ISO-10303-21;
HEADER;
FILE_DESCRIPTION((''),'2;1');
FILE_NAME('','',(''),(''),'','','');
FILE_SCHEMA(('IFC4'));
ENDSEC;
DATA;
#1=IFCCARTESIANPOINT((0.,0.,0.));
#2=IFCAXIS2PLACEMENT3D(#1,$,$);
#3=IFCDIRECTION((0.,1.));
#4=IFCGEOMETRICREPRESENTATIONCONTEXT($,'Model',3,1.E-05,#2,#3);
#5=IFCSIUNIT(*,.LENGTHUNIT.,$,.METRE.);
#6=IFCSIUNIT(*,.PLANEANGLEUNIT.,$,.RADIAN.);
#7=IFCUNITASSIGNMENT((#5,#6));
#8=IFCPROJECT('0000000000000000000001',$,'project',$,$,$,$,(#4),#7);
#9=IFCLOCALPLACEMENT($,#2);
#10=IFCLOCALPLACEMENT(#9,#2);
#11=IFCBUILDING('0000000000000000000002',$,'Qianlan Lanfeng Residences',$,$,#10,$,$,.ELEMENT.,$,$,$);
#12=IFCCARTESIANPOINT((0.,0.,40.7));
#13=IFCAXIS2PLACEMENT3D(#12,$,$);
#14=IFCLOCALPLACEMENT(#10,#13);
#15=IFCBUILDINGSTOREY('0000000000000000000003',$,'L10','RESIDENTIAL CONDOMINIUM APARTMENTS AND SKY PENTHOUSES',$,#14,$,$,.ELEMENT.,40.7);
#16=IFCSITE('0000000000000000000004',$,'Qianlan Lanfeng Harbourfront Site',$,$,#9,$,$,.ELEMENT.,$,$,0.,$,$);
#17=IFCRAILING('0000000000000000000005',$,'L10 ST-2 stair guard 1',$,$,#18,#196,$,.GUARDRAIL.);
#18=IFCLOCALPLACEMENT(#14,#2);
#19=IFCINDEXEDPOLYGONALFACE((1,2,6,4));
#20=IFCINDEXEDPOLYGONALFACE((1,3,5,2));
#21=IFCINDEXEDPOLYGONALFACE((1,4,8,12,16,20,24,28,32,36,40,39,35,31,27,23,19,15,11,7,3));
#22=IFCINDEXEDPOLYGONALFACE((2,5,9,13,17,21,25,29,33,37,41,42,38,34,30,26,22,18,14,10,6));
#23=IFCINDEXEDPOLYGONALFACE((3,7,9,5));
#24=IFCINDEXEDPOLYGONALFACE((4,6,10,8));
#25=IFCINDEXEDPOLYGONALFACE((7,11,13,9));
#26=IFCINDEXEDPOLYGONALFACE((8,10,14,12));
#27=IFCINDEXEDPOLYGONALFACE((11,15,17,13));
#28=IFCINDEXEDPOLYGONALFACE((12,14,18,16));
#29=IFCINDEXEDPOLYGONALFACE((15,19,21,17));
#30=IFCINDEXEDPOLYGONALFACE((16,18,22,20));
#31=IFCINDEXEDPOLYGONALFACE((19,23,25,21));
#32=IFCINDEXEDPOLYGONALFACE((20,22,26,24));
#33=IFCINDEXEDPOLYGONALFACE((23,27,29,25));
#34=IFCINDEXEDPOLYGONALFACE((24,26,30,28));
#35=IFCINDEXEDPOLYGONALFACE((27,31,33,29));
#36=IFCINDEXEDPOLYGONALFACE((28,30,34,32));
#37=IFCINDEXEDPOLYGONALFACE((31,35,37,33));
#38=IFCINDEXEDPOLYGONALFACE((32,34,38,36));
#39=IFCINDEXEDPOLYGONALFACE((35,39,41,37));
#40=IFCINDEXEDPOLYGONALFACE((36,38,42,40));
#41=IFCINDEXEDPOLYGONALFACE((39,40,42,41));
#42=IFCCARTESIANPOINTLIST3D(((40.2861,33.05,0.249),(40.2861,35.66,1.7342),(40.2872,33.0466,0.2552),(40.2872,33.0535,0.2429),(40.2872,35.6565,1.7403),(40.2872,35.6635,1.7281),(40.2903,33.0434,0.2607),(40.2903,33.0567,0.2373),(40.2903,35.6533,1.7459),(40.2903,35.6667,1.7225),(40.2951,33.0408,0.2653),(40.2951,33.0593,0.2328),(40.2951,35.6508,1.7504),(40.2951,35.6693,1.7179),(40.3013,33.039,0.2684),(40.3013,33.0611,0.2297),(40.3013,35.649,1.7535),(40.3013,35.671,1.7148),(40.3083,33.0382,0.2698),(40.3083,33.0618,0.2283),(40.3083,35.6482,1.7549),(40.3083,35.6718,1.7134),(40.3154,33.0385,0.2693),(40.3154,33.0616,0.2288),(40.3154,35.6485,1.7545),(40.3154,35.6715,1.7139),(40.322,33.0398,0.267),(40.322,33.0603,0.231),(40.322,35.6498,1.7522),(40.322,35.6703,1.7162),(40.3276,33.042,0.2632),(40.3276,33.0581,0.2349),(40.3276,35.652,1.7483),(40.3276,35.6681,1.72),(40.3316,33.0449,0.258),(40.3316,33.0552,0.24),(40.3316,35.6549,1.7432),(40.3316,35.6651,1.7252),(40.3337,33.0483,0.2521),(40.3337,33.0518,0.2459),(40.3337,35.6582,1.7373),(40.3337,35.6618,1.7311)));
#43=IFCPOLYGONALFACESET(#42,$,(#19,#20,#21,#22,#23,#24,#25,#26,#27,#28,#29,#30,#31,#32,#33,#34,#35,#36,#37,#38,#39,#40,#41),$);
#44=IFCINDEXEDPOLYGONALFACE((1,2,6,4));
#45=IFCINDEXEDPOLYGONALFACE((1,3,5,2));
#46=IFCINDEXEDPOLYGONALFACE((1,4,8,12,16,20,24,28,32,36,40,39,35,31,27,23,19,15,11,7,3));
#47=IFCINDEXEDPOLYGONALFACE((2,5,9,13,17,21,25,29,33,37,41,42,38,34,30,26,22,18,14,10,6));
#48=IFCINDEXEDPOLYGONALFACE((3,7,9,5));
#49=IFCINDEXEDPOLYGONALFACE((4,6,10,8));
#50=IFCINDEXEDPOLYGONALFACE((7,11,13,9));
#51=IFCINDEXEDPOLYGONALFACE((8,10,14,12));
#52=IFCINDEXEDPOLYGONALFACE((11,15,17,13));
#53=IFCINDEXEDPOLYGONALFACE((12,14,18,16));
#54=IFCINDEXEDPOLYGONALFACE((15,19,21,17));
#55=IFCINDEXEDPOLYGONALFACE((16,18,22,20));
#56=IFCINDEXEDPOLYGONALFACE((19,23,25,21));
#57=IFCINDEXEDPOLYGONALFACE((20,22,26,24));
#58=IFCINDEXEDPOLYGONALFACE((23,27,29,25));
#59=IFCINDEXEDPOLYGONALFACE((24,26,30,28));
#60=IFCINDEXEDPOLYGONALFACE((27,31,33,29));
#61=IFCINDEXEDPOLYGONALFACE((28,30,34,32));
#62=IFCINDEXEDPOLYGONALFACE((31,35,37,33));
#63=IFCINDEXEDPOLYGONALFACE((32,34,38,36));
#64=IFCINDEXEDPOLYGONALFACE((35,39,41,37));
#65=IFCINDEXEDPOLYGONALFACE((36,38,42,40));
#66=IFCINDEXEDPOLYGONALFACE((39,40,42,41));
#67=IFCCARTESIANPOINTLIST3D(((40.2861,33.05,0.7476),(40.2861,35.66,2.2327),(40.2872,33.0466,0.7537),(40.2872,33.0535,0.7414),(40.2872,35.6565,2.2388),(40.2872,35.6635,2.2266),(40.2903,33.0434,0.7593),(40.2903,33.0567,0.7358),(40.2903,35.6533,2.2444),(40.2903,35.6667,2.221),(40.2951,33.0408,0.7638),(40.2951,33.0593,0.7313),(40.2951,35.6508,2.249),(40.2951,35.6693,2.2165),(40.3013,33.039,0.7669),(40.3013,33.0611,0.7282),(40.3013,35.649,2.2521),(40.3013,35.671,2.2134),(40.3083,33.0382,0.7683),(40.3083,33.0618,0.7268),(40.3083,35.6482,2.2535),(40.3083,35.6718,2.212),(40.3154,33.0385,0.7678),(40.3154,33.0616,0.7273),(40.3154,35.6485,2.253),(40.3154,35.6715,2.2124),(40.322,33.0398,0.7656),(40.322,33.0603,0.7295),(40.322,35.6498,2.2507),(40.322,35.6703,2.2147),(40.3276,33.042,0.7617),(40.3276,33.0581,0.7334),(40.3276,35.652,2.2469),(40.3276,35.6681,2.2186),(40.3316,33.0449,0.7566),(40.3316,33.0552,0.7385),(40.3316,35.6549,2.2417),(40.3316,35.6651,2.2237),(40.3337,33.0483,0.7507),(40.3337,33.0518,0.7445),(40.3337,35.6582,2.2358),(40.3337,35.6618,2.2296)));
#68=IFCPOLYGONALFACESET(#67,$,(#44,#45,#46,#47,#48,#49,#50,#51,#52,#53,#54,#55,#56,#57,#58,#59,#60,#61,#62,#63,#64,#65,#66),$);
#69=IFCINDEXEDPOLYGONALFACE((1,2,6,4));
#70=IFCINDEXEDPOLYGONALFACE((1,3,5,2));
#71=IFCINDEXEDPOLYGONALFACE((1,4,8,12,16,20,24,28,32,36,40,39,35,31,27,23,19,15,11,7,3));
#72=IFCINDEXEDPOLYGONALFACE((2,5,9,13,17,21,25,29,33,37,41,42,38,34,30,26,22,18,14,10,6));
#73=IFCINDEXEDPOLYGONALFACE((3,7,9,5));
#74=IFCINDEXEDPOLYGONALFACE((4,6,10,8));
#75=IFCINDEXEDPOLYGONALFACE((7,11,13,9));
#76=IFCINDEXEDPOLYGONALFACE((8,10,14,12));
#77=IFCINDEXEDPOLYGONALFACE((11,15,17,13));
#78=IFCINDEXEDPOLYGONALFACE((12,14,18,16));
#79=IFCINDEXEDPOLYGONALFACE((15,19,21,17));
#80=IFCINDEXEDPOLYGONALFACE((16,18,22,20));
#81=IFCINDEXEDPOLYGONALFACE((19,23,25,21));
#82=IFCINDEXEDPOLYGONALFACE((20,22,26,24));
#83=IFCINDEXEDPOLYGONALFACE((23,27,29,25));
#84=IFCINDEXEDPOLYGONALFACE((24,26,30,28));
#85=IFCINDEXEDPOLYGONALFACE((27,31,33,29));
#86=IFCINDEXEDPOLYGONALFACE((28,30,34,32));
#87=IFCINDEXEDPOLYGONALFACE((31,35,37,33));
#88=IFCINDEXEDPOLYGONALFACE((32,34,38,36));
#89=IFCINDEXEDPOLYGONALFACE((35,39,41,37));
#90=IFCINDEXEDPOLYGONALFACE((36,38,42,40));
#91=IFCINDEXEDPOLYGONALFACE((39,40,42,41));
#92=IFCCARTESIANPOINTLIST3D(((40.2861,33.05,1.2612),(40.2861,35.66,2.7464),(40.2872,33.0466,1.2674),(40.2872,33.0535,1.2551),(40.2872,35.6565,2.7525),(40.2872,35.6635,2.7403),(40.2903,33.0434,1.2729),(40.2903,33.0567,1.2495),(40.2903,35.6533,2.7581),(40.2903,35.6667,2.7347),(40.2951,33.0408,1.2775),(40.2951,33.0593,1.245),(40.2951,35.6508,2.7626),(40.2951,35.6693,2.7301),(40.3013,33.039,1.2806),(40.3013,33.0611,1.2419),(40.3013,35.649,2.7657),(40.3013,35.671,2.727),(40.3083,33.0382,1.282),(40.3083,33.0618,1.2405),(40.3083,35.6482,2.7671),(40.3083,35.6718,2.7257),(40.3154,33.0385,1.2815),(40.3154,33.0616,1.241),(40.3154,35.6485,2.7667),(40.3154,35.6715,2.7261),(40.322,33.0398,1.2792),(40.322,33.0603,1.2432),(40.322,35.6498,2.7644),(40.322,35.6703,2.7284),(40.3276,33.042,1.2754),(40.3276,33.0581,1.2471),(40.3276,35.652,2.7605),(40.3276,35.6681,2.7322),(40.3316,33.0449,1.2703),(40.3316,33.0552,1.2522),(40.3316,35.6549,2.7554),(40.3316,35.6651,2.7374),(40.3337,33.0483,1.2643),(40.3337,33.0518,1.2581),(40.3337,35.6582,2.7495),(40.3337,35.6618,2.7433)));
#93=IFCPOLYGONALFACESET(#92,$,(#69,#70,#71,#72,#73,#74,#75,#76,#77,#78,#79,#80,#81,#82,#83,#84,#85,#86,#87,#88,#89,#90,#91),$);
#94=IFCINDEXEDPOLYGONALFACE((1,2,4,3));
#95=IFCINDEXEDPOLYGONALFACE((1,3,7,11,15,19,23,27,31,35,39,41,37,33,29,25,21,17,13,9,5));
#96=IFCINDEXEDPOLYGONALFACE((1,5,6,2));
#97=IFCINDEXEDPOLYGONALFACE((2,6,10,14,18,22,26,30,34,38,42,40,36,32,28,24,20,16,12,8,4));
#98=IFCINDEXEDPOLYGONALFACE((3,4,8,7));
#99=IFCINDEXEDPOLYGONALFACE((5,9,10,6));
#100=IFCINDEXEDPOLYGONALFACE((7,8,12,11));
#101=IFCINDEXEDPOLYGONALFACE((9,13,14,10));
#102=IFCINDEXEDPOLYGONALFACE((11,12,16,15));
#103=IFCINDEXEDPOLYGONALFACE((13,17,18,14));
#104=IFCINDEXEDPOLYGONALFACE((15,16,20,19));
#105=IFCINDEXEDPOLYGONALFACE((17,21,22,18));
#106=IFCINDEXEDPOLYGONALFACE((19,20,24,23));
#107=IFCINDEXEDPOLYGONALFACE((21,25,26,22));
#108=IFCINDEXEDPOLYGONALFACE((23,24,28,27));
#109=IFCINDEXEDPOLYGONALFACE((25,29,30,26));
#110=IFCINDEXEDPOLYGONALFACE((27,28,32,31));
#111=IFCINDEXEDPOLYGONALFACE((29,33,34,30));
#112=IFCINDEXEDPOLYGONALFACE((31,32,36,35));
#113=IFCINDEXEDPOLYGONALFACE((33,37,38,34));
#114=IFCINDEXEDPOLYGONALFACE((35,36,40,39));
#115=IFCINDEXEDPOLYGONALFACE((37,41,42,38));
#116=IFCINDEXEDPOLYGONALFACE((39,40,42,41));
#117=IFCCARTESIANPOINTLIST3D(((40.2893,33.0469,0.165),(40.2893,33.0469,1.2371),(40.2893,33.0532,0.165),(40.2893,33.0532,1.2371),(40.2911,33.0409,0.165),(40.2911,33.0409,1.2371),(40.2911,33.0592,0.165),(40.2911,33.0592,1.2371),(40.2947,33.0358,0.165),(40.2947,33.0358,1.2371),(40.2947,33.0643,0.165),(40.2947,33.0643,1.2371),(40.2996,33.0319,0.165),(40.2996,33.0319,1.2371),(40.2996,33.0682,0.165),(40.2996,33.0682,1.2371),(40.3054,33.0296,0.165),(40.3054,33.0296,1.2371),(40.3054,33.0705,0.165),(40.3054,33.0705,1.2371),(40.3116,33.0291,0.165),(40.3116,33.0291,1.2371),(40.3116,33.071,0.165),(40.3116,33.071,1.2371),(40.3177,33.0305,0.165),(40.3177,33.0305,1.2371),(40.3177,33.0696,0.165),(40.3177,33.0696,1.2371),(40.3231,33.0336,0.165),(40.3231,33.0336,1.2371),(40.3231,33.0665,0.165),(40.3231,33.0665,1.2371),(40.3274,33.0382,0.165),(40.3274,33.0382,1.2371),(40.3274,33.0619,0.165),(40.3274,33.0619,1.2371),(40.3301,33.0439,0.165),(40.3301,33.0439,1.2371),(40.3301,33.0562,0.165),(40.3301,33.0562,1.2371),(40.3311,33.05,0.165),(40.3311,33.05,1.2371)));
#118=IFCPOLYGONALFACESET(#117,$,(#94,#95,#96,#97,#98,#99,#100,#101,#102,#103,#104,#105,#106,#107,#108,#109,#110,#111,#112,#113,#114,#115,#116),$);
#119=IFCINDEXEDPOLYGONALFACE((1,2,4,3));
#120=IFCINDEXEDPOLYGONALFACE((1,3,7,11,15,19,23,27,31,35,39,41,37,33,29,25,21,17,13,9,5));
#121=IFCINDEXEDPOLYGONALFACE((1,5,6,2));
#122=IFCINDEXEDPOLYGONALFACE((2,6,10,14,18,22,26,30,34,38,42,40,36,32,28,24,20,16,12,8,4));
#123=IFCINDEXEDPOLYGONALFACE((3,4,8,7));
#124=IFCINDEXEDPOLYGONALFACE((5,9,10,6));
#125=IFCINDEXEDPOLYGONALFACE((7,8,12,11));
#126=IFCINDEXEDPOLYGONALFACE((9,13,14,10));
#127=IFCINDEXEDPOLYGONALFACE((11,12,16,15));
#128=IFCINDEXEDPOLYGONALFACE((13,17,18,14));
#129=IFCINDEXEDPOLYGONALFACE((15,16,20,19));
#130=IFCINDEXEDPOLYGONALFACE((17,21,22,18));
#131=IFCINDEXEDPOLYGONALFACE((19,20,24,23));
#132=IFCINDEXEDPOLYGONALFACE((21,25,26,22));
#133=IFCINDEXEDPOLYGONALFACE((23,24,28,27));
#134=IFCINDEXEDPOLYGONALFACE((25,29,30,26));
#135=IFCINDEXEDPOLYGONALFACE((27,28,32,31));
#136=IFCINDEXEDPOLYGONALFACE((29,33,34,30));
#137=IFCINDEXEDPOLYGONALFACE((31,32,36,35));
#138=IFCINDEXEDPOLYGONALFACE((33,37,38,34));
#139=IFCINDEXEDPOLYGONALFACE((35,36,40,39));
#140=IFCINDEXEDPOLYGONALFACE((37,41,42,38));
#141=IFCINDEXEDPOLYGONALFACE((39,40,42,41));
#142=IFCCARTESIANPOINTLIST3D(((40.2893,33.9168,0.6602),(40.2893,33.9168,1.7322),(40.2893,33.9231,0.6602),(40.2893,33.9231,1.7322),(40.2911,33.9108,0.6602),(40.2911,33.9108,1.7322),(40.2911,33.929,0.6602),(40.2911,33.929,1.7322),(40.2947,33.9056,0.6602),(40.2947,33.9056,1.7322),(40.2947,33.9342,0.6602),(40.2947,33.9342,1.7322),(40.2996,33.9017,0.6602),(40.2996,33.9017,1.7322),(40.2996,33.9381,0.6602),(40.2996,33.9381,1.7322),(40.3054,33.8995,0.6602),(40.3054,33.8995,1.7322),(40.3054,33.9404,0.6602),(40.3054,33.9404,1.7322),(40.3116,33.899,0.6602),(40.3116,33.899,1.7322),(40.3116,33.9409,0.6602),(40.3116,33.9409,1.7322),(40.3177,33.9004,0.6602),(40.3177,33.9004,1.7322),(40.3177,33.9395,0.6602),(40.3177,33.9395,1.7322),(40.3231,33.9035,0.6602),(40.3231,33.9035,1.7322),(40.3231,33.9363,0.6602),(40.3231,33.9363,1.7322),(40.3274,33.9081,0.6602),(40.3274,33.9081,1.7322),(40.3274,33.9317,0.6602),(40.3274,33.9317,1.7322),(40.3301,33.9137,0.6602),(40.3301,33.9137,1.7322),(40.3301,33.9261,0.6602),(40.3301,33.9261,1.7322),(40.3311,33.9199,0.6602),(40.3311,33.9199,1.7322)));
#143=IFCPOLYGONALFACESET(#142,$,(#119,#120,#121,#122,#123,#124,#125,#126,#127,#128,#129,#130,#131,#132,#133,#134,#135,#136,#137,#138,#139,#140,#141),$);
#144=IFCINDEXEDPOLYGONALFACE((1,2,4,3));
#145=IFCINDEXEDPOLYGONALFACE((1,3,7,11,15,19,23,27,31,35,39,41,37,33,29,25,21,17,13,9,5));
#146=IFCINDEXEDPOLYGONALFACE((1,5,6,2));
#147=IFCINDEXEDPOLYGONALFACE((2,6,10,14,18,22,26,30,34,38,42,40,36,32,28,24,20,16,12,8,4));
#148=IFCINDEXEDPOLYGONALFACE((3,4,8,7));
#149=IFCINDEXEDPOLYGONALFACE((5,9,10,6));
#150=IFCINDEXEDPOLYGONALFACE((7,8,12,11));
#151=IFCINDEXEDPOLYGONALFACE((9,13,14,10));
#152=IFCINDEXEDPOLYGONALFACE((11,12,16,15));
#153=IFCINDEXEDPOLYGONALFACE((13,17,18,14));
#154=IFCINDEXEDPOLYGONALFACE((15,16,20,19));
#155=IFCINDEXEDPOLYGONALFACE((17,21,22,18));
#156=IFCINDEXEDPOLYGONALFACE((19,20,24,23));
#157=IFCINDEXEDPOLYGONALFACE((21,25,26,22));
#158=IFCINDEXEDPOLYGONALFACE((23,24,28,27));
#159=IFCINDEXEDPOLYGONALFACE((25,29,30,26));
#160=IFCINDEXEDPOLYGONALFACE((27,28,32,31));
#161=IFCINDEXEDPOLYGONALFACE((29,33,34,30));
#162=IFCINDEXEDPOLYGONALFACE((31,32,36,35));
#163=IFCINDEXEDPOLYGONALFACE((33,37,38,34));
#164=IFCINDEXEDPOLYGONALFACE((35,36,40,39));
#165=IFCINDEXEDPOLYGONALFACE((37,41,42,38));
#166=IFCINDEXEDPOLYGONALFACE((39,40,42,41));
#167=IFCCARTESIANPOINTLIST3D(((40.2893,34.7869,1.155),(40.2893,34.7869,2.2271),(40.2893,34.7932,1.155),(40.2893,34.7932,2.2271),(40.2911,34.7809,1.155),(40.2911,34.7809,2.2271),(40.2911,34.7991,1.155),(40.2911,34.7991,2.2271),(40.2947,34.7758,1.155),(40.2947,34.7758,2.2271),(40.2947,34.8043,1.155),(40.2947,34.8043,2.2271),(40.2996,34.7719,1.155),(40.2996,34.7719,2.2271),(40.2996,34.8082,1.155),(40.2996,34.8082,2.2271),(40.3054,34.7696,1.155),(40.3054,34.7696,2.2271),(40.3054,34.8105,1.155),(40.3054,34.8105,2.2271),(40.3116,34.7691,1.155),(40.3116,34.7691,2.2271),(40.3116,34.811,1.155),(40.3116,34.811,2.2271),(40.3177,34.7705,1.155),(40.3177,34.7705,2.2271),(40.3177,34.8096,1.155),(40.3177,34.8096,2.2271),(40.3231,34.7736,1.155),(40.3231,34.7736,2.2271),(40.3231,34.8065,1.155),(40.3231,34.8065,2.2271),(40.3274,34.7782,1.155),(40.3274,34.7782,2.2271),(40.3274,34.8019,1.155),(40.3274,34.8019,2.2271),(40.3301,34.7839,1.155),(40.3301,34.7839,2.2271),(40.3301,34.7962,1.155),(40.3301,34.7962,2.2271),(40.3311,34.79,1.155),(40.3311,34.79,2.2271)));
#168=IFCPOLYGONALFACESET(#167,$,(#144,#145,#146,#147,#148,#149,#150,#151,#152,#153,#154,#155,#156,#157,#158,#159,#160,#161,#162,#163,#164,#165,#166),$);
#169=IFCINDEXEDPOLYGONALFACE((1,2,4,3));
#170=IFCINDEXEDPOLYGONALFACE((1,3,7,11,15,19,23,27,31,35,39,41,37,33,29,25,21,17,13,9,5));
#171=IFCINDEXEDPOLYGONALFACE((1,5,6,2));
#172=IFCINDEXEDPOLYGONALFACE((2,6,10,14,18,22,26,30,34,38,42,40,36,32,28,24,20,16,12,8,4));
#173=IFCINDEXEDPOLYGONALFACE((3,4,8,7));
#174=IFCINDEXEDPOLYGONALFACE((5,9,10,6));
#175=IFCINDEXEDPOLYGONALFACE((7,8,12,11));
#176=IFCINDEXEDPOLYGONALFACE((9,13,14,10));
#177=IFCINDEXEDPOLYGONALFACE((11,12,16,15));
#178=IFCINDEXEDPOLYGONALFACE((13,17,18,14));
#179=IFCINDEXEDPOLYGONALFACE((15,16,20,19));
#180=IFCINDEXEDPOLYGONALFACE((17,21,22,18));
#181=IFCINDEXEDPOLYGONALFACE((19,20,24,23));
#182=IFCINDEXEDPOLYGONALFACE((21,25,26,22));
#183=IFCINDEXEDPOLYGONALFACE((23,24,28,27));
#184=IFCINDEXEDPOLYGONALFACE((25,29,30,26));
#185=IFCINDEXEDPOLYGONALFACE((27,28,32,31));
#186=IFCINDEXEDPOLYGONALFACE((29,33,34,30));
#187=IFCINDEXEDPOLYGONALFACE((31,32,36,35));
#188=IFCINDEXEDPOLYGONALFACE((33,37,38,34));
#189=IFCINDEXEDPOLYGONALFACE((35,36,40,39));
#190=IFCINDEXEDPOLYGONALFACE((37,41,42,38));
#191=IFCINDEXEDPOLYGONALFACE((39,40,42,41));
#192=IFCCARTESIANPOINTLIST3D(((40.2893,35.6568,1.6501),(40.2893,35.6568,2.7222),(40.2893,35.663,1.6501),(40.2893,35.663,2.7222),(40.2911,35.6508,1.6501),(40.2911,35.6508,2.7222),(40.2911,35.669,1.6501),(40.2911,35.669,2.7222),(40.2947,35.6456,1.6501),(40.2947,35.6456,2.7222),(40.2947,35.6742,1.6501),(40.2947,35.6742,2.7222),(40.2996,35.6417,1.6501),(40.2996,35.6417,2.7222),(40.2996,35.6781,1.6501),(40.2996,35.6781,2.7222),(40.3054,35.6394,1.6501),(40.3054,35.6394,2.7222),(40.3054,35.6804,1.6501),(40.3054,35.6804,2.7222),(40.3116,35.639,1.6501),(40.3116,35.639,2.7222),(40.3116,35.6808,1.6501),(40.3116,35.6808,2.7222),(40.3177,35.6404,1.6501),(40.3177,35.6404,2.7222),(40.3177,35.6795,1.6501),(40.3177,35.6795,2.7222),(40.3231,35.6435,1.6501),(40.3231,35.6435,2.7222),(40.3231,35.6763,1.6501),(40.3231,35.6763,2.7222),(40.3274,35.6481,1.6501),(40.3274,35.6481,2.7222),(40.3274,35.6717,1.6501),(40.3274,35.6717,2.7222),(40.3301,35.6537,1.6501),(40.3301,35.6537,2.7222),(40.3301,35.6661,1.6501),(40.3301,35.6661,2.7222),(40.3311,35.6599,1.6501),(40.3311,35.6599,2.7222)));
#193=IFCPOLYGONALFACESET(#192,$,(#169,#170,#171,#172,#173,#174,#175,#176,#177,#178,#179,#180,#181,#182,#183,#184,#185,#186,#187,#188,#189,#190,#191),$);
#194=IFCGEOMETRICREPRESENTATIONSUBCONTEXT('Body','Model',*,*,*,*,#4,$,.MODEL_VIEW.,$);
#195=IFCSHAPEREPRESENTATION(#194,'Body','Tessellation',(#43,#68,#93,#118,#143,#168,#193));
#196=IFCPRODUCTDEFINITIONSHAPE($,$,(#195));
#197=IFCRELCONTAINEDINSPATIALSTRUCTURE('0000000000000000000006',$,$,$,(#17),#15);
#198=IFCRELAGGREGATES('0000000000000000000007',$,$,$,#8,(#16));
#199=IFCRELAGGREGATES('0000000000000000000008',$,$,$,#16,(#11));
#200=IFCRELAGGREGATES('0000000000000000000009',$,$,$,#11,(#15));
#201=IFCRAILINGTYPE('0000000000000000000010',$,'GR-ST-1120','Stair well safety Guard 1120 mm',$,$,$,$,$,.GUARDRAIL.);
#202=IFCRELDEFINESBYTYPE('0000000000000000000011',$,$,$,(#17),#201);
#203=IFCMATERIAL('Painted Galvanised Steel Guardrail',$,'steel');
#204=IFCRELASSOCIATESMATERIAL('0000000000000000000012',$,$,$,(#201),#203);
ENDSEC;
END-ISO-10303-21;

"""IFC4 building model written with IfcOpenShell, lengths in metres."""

from ifc_helpers import new_model, si_unit, direction, frame, origin, origin_2d, place, context, subcontext, project, spatial, circle, extrude, material, type_object, element, save


model = new_model("IFC4")

# Units and contexts
model_context = context("Model", 3, precision=1e-05, world=origin(), true_north=direction((0.0, 1.0)))
body_context = subcontext(model_context, "Body", "Model", "MODEL_VIEW")
ifc_project = project(units=[si_unit("LENGTHUNIT", "METRE"), si_unit("PLANEANGLEUNIT", "RADIAN")], contexts=[model_context])

# Site, building, storey
site_placement = place(None, origin())
site = spatial("IfcSite", under=ifc_project, at=site_placement, Name="Qianlan Lanfeng Harbourfront Site", CompositionType="ELEMENT", RefElevation=0.0)
building_placement = place(site_placement, origin())
building = spatial("IfcBuilding", under=site, at=building_placement, Name="Qianlan Lanfeng Residences", CompositionType="ELEMENT")
storey_placement = place(building_placement, frame((0.0, 0.0, 40.7)))
storey = spatial("IfcBuildingStorey", under=building, at=storey_placement, Name="L10", Description="RESIDENTIAL CONDOMINIUM APARTMENTS AND SKY PENTHOUSES", CompositionType="ELEMENT", Elevation=40.7)

# Railing
ifc_material_1 = material(Name="Painted Galvanised Steel Guardrail", Category="steel")
railing_type_1 = type_object("IfcRailingType", Name="GR-ST-1120", Description="Stair well safety Guard 1120 mm", PredefinedType="GUARDRAIL", material=ifc_material_1)
railing_1_placement = place(storey_placement, frame((40.3101, 33.05, 0.165)))
element("IfcRailing", 1, at=railing_1_placement, inside=storey, type_object=railing_type_1, Name="L10 ST-2 stair guard 1", PredefinedType="GUARDRAIL", context=body_context, shape_type="SweptSolid", body=[
    extrude(circle(Radius=0.0239, at=origin_2d()), frame((0.0, 0.0, 0.084), z_axis=(0.0, 0.869137, 0.494571), x_axis=(-1.0, 0.0, 0.0)), (0.0, 0.0, 1.0), 3.0029),
    extrude(circle(Radius=0.0239, at=origin_2d()), frame((0.0, 0.0, 0.5825), z_axis=(0.0, 0.869137, 0.494571), x_axis=(-1.0, 0.0, 0.0)), (0.0, 0.0, 1.0), 3.0029),
    extrude(circle(Radius=0.0239, at=origin_2d()), frame((0.0, 0.0, 1.0962), z_axis=(0.0, 0.869137, 0.494571), x_axis=(-1.0, 0.0, 0.0)), (0.0, 0.0, 1.0), 3.0029),
    extrude(circle(Radius=0.021, at=origin_2d()), origin(), (0.0, 0.0, 1.0), 1.072),
    extrude(circle(Radius=0.021, at=origin_2d()), frame((0.0, 0.8699, 0.4951)), (0.0, 0.0, 1.0), 1.072),
    extrude(circle(Radius=0.021, at=origin_2d()), frame((0.0, 1.74, 0.99)), (0.0, 0.0, 1.0), 1.072),
    extrude(circle(Radius=0.021, at=origin_2d()), frame((0.0, 2.6099, 1.4851)), (0.0, 0.0, 1.0), 1.072),
])

save(model, "model.ifc")
